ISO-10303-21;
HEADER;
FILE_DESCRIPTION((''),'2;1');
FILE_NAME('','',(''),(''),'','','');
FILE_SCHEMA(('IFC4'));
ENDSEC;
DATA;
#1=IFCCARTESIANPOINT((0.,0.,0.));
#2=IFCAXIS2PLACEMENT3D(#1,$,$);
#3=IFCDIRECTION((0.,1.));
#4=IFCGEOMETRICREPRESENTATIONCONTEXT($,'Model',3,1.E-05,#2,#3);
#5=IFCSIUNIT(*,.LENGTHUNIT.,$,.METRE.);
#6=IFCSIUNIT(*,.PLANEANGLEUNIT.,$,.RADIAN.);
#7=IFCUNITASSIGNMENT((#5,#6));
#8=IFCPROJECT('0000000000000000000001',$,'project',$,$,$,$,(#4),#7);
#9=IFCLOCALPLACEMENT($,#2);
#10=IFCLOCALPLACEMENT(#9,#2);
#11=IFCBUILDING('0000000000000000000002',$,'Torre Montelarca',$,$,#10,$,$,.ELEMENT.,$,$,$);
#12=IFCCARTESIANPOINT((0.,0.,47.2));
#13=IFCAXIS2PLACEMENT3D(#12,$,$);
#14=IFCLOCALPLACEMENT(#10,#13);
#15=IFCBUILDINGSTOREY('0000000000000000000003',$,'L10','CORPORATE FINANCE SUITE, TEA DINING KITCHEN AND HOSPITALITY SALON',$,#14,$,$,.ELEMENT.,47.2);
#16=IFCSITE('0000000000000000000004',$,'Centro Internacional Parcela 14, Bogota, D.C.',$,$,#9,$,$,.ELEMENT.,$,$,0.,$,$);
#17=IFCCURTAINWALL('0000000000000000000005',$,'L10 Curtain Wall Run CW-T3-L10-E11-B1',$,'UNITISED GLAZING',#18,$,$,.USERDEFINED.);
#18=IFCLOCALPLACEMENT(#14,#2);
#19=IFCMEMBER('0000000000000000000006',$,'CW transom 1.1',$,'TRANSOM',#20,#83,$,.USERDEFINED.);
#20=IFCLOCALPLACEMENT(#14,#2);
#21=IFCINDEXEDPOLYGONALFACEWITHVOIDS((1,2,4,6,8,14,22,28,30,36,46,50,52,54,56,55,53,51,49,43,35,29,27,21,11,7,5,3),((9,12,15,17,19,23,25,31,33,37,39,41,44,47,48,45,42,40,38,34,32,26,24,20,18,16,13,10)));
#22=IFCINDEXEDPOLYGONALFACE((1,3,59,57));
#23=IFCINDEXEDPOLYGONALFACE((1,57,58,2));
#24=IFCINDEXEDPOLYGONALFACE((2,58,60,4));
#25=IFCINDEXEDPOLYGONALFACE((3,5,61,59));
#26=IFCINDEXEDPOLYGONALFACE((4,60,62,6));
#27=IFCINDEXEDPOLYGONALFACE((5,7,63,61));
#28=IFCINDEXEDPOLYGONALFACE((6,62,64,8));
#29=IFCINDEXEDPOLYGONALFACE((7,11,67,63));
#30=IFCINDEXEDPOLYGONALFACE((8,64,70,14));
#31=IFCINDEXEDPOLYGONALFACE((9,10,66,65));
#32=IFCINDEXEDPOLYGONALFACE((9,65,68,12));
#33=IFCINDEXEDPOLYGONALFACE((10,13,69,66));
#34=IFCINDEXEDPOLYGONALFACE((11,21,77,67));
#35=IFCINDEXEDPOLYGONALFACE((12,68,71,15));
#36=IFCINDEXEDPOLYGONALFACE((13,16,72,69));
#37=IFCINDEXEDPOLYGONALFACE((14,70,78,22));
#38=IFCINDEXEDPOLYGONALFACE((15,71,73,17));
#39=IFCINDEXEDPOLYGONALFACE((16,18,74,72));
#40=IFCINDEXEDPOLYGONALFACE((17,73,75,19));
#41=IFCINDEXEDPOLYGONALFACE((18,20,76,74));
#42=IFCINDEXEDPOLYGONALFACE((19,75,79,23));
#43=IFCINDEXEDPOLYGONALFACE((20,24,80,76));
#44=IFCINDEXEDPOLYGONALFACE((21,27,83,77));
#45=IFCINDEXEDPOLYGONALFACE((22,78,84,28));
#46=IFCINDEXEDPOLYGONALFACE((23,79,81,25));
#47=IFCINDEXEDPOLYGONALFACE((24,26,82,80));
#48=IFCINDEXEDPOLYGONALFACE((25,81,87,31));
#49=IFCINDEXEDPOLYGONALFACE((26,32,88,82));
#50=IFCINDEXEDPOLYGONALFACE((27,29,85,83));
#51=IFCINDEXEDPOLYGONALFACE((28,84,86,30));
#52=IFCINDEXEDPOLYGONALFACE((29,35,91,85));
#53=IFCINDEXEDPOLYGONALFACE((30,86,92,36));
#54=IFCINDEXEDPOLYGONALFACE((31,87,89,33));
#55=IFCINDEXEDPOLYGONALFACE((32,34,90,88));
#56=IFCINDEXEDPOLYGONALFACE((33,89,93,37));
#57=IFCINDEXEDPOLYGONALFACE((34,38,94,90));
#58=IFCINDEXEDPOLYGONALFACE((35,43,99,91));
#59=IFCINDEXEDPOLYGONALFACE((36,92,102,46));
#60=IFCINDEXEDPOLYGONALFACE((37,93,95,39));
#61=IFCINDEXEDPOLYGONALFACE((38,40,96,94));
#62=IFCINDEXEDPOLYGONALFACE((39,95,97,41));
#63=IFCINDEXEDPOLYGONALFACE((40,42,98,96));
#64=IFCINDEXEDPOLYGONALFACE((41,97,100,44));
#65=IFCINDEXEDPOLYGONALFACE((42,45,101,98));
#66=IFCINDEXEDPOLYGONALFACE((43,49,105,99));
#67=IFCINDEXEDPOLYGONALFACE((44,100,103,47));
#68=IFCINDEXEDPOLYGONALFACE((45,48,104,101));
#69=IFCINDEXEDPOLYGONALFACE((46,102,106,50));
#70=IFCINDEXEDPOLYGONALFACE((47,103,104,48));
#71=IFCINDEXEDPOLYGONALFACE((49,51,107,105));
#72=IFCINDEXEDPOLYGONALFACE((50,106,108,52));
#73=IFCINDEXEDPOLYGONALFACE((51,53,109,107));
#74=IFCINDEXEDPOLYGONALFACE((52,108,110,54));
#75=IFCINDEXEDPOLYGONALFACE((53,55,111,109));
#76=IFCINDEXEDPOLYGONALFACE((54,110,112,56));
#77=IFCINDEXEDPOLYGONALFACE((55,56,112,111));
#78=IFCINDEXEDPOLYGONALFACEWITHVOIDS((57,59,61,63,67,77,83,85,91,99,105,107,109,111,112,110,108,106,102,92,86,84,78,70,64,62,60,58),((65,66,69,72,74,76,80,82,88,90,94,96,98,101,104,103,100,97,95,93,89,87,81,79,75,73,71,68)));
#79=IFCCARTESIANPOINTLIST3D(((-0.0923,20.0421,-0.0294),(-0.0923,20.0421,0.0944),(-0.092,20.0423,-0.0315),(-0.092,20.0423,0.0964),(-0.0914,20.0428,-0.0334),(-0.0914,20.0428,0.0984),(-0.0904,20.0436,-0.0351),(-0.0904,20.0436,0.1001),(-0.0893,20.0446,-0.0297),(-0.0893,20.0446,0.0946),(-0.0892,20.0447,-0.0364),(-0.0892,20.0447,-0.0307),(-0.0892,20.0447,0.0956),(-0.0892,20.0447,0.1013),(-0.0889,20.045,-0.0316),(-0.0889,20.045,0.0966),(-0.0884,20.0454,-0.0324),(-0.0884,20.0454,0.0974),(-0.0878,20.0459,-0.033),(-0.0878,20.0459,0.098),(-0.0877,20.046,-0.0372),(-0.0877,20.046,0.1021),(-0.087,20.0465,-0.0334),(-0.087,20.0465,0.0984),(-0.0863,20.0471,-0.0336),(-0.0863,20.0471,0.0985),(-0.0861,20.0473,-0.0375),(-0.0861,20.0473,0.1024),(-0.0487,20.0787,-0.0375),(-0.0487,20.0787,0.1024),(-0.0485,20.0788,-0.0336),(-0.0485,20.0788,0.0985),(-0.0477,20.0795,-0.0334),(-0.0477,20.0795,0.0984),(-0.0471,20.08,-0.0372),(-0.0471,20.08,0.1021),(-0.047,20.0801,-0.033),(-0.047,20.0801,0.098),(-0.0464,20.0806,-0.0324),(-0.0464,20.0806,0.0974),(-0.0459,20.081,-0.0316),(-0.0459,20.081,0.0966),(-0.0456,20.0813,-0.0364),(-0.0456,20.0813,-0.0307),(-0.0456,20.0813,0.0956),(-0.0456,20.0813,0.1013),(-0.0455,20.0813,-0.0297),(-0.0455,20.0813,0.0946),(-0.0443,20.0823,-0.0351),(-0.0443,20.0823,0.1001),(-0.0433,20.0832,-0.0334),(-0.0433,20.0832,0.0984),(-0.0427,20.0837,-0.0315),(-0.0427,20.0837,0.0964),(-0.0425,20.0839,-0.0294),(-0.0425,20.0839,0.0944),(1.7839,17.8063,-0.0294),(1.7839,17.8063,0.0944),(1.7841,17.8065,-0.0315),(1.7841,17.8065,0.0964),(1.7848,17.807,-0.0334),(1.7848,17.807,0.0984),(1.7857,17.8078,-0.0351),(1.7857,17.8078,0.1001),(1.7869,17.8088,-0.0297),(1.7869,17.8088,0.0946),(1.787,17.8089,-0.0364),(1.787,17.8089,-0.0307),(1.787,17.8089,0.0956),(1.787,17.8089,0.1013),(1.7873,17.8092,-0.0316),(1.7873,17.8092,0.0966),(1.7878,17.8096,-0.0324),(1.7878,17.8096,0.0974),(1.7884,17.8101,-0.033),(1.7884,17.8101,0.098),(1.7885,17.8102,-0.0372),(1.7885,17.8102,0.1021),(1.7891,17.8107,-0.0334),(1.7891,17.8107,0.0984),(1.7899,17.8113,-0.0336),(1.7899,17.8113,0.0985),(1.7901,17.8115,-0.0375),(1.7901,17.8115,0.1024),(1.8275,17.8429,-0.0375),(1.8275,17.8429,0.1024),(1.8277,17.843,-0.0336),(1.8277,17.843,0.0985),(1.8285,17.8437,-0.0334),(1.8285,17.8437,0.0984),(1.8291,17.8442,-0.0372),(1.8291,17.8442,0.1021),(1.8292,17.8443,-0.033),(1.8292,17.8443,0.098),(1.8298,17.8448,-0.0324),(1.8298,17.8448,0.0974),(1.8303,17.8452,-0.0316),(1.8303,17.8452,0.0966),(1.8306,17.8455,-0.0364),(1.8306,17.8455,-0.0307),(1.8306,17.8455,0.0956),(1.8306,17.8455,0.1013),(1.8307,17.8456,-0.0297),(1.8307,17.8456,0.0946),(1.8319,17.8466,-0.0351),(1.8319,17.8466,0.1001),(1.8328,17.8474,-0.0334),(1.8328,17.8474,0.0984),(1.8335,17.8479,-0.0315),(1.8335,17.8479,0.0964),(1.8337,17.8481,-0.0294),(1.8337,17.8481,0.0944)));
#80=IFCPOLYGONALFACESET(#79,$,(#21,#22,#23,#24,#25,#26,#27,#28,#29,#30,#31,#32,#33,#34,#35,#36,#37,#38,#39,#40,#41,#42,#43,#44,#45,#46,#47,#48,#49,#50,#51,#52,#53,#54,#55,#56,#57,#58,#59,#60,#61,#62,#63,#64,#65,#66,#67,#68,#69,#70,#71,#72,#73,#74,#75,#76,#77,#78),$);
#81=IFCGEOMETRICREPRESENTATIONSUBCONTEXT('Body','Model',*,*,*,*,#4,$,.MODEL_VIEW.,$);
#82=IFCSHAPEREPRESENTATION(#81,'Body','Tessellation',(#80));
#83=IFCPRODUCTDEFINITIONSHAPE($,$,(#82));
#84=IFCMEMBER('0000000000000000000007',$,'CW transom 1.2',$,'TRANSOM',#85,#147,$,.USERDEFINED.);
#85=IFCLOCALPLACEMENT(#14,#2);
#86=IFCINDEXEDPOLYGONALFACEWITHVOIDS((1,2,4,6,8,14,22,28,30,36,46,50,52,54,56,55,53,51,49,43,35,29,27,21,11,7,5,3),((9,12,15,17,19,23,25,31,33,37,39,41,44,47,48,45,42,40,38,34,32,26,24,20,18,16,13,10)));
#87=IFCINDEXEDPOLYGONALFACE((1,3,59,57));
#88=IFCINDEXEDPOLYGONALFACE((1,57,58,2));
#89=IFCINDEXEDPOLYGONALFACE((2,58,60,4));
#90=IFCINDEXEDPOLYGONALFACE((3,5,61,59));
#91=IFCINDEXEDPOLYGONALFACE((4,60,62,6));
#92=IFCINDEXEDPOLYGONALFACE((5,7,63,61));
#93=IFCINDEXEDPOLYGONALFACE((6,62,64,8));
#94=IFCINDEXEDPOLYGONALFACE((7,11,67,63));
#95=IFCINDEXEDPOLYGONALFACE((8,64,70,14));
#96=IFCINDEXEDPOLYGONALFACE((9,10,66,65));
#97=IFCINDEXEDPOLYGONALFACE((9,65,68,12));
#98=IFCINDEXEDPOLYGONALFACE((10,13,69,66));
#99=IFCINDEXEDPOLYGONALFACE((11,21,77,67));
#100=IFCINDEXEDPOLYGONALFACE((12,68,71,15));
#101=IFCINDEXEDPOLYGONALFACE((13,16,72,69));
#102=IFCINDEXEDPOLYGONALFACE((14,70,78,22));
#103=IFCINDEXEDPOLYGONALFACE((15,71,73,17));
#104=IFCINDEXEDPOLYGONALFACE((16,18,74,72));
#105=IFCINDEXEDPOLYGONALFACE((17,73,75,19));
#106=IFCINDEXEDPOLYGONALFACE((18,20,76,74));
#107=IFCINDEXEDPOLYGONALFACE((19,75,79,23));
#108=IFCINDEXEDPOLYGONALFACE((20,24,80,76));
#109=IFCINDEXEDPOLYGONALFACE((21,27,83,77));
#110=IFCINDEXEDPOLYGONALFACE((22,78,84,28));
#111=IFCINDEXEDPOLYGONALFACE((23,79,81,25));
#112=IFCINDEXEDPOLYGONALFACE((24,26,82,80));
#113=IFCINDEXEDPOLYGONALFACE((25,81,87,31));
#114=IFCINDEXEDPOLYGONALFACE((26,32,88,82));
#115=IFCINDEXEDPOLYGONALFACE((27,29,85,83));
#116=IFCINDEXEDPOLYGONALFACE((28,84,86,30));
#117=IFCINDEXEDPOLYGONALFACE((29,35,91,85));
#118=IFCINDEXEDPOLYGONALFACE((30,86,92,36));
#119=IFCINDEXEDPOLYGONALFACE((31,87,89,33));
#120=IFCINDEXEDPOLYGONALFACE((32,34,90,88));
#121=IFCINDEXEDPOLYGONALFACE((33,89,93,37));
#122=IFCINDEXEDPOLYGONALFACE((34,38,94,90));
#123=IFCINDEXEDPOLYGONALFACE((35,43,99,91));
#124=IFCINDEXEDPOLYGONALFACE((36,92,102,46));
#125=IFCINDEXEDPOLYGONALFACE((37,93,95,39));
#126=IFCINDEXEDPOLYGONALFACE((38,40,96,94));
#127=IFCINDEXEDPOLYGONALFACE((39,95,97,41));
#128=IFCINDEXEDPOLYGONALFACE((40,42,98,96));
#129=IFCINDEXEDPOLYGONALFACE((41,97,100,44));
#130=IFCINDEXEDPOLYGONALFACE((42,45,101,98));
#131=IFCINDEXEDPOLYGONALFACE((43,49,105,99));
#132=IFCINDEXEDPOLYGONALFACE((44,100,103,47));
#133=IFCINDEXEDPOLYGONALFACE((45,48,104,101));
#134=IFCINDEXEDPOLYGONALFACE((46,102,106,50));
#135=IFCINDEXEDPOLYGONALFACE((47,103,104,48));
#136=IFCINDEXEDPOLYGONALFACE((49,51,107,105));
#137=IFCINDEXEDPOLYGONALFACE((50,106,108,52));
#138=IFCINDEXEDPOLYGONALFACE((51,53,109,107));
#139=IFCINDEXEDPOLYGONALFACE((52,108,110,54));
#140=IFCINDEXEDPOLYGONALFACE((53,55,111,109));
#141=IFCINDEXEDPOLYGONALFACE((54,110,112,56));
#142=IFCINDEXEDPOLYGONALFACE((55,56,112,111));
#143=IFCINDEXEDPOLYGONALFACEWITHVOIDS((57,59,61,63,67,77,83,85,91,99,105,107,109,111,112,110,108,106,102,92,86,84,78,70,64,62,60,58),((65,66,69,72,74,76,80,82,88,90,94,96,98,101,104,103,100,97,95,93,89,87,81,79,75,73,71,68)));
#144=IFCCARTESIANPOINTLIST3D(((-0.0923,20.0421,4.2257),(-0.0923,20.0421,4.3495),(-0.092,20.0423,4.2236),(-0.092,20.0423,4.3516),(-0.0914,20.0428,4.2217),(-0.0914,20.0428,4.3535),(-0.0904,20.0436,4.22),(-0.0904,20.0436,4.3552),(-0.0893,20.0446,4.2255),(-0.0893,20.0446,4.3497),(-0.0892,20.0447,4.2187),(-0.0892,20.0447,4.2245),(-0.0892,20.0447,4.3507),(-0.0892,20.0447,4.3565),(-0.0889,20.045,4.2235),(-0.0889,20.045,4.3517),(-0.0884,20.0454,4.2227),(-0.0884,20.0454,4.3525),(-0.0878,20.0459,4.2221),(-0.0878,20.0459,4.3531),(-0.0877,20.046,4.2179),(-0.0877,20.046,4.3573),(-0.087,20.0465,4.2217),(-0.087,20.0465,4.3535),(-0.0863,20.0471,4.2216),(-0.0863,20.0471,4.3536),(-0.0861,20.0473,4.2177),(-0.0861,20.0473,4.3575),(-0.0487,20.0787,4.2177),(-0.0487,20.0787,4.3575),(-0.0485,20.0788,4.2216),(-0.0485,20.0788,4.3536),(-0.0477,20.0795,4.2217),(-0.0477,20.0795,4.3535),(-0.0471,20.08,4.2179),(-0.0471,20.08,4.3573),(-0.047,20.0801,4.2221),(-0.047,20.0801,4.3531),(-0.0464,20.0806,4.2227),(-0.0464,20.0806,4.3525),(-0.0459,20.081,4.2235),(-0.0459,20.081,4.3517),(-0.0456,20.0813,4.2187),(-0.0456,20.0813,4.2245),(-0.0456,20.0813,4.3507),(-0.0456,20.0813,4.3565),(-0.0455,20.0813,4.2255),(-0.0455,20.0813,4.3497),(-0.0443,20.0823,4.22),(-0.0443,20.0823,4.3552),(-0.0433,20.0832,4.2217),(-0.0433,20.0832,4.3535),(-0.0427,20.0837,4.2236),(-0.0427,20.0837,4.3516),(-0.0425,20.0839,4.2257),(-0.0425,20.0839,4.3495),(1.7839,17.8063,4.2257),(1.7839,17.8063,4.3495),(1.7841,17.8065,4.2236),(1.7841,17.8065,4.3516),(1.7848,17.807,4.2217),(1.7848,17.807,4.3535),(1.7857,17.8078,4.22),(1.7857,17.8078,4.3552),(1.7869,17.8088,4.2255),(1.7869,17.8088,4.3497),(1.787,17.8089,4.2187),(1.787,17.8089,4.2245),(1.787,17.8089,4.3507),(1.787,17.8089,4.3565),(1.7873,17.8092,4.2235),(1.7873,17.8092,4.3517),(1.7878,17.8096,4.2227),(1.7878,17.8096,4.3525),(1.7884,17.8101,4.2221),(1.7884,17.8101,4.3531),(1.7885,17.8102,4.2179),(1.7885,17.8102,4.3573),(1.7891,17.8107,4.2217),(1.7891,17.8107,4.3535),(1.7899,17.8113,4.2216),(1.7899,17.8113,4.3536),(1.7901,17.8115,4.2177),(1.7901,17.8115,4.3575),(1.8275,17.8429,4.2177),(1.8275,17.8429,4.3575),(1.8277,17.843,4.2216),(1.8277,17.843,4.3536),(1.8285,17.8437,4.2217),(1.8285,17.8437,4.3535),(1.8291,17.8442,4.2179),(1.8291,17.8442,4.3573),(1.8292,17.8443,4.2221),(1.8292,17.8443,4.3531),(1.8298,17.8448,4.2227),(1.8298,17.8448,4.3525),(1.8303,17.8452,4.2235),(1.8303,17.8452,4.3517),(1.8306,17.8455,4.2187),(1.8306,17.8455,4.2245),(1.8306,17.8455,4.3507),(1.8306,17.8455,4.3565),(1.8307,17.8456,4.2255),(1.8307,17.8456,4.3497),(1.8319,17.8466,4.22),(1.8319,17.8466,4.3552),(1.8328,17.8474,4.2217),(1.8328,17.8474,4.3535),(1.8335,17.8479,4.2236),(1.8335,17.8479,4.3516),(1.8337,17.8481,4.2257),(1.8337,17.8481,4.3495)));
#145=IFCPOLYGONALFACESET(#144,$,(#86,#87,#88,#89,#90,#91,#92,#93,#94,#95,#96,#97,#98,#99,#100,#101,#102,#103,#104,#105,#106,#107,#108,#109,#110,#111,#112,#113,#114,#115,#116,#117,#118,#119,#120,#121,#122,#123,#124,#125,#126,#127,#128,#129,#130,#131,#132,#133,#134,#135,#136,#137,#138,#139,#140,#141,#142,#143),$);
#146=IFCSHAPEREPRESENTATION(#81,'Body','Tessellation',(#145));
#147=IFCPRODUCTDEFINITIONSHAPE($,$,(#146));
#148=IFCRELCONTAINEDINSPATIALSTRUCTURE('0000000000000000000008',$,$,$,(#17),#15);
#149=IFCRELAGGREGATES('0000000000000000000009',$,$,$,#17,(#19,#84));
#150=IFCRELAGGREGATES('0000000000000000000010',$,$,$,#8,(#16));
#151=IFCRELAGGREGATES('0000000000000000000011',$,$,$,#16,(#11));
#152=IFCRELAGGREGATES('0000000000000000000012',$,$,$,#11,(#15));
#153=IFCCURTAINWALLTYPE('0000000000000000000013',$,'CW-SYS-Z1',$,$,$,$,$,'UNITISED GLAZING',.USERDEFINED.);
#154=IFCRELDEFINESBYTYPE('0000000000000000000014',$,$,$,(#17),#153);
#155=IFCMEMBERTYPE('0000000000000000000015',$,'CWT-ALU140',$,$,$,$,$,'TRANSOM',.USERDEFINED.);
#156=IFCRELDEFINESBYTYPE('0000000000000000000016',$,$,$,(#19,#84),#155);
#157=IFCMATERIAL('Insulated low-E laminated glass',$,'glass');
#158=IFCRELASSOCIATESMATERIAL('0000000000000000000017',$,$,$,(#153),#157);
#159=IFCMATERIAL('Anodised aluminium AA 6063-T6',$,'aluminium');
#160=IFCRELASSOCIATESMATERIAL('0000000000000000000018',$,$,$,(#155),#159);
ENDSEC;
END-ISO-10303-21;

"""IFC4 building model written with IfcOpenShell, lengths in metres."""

from ifc_helpers import new_model, si_unit, direction, frame, origin, origin_2d, place, context, subcontext, project, spatial, hollow_rectangle, extrude, source, transform, mapped, material, material_profile, profile_set, type_object, element, aggregate, save


model = new_model("IFC4")

# Units and contexts
model_context = context("Model", 3, precision=1e-05, world=origin(), true_north=direction((0.0, 1.0)))
body_context = subcontext(model_context, "Body", "Model", "MODEL_VIEW")
ifc_project = project(units=[si_unit("LENGTHUNIT", "METRE"), si_unit("PLANEANGLEUNIT", "RADIAN")], contexts=[model_context])

# Site, building, storey
site_placement = place(None, origin())
site = spatial("IfcSite", under=ifc_project, at=site_placement, Name="Centro Internacional Parcela 14, Bogota, D.C.", CompositionType="ELEMENT", RefElevation=0.0)
building_placement = place(site_placement, origin())
building = spatial("IfcBuilding", under=site, at=building_placement, Name="Torre Montelarca", CompositionType="ELEMENT")
storey_placement = place(building_placement, frame((0.0, 0.0, 47.2)))
storey = spatial("IfcBuildingStorey", under=building, at=storey_placement, Name="L10", Description="CORPORATE FINANCE SUITE, TEA DINING KITCHEN AND HOSPITALITY SALON", CompositionType="ELEMENT", Elevation=47.2)

# Shared definitions
ifc_material_1 = material(Name="Insulated low-E laminated glass", Category="glass")
curtain_wall_type = type_object("IfcCurtainWallType", Name="CW-SYS-Z1", ElementType="UNITISED GLAZING", PredefinedType="USERDEFINED", material=ifc_material_1)
ifc_material_2 = material(Name="Anodised aluminium AA 6063-T6", Category="aluminium")

# Curtain wall, members
curtain_wall_1_placement = place(storey_placement, origin())
curtain_wall_1 = element("IfcCurtainWall", 1, at=curtain_wall_1_placement, inside=storey, type_object=curtain_wall_type, Name="L10 Curtain Wall Run CW-T3-L10-E11-B1", ObjectType="UNITISED GLAZING", PredefinedType="USERDEFINED")
ifc_material_profile_1 = material_profile(ifc_material_2, hollow_rectangle(XDim=0.0649, YDim=0.1399, WallThickness=0.0039, InnerFilletRadius=0.0039, OuterFilletRadius=0.0081, at=origin_2d()), Name="ALU65X140X4", Category="aluminium")
ifc_profile_set_1 = profile_set([ifc_material_profile_1], Name="Anodised aluminium AA 6063-T6")
member_type_1 = type_object("IfcMemberType", Name="CWT-ALU140", ElementType="TRANSOM", PredefinedType="USERDEFINED", material=ifc_profile_set_1)
shared_shape_1 = source(origin(), body_context, "Body", "SweptSolid", [
    extrude(hollow_rectangle(XDim=0.0649, YDim=0.1399, WallThickness=0.0039, InnerFilletRadius=0.0039, OuterFilletRadius=0.0081, at=origin_2d()), origin(), (0.0, 0.0, 1.0), 2.9187),
])
member_1_placement = place(storey_placement, frame((-0.0674, 20.063, 0.0325), z_axis=(0.642813, -0.766023, 0.0), x_axis=(0.766023, 0.642813, 0.0)))
member_1 = element("IfcMember", 2, at=member_1_placement, type_object=member_type_1, Name="CW transom 1.1", ObjectType="TRANSOM", PredefinedType="USERDEFINED", context=body_context, shape_type="MappedRepresentation", body=[
    mapped(shared_shape_1, transform((0.0, 0.0, 0.0), scale=1.0)),
])
member_2_placement = place(storey_placement, frame((-0.0674, 20.063, 4.2876), z_axis=(0.642813, -0.766023, 0.0), x_axis=(0.766023, 0.642813, 0.0)))
member_2 = element("IfcMember", 3, at=member_2_placement, type_object=member_type_1, Name="CW transom 1.2", ObjectType="TRANSOM", PredefinedType="USERDEFINED", context=body_context, shape_type="MappedRepresentation", body=[
    mapped(shared_shape_1, transform((0.0, 0.0, 0.0), scale=1.0)),
])
aggregate(curtain_wall_1, [member_1, member_2])

save(model, "model.ifc")
